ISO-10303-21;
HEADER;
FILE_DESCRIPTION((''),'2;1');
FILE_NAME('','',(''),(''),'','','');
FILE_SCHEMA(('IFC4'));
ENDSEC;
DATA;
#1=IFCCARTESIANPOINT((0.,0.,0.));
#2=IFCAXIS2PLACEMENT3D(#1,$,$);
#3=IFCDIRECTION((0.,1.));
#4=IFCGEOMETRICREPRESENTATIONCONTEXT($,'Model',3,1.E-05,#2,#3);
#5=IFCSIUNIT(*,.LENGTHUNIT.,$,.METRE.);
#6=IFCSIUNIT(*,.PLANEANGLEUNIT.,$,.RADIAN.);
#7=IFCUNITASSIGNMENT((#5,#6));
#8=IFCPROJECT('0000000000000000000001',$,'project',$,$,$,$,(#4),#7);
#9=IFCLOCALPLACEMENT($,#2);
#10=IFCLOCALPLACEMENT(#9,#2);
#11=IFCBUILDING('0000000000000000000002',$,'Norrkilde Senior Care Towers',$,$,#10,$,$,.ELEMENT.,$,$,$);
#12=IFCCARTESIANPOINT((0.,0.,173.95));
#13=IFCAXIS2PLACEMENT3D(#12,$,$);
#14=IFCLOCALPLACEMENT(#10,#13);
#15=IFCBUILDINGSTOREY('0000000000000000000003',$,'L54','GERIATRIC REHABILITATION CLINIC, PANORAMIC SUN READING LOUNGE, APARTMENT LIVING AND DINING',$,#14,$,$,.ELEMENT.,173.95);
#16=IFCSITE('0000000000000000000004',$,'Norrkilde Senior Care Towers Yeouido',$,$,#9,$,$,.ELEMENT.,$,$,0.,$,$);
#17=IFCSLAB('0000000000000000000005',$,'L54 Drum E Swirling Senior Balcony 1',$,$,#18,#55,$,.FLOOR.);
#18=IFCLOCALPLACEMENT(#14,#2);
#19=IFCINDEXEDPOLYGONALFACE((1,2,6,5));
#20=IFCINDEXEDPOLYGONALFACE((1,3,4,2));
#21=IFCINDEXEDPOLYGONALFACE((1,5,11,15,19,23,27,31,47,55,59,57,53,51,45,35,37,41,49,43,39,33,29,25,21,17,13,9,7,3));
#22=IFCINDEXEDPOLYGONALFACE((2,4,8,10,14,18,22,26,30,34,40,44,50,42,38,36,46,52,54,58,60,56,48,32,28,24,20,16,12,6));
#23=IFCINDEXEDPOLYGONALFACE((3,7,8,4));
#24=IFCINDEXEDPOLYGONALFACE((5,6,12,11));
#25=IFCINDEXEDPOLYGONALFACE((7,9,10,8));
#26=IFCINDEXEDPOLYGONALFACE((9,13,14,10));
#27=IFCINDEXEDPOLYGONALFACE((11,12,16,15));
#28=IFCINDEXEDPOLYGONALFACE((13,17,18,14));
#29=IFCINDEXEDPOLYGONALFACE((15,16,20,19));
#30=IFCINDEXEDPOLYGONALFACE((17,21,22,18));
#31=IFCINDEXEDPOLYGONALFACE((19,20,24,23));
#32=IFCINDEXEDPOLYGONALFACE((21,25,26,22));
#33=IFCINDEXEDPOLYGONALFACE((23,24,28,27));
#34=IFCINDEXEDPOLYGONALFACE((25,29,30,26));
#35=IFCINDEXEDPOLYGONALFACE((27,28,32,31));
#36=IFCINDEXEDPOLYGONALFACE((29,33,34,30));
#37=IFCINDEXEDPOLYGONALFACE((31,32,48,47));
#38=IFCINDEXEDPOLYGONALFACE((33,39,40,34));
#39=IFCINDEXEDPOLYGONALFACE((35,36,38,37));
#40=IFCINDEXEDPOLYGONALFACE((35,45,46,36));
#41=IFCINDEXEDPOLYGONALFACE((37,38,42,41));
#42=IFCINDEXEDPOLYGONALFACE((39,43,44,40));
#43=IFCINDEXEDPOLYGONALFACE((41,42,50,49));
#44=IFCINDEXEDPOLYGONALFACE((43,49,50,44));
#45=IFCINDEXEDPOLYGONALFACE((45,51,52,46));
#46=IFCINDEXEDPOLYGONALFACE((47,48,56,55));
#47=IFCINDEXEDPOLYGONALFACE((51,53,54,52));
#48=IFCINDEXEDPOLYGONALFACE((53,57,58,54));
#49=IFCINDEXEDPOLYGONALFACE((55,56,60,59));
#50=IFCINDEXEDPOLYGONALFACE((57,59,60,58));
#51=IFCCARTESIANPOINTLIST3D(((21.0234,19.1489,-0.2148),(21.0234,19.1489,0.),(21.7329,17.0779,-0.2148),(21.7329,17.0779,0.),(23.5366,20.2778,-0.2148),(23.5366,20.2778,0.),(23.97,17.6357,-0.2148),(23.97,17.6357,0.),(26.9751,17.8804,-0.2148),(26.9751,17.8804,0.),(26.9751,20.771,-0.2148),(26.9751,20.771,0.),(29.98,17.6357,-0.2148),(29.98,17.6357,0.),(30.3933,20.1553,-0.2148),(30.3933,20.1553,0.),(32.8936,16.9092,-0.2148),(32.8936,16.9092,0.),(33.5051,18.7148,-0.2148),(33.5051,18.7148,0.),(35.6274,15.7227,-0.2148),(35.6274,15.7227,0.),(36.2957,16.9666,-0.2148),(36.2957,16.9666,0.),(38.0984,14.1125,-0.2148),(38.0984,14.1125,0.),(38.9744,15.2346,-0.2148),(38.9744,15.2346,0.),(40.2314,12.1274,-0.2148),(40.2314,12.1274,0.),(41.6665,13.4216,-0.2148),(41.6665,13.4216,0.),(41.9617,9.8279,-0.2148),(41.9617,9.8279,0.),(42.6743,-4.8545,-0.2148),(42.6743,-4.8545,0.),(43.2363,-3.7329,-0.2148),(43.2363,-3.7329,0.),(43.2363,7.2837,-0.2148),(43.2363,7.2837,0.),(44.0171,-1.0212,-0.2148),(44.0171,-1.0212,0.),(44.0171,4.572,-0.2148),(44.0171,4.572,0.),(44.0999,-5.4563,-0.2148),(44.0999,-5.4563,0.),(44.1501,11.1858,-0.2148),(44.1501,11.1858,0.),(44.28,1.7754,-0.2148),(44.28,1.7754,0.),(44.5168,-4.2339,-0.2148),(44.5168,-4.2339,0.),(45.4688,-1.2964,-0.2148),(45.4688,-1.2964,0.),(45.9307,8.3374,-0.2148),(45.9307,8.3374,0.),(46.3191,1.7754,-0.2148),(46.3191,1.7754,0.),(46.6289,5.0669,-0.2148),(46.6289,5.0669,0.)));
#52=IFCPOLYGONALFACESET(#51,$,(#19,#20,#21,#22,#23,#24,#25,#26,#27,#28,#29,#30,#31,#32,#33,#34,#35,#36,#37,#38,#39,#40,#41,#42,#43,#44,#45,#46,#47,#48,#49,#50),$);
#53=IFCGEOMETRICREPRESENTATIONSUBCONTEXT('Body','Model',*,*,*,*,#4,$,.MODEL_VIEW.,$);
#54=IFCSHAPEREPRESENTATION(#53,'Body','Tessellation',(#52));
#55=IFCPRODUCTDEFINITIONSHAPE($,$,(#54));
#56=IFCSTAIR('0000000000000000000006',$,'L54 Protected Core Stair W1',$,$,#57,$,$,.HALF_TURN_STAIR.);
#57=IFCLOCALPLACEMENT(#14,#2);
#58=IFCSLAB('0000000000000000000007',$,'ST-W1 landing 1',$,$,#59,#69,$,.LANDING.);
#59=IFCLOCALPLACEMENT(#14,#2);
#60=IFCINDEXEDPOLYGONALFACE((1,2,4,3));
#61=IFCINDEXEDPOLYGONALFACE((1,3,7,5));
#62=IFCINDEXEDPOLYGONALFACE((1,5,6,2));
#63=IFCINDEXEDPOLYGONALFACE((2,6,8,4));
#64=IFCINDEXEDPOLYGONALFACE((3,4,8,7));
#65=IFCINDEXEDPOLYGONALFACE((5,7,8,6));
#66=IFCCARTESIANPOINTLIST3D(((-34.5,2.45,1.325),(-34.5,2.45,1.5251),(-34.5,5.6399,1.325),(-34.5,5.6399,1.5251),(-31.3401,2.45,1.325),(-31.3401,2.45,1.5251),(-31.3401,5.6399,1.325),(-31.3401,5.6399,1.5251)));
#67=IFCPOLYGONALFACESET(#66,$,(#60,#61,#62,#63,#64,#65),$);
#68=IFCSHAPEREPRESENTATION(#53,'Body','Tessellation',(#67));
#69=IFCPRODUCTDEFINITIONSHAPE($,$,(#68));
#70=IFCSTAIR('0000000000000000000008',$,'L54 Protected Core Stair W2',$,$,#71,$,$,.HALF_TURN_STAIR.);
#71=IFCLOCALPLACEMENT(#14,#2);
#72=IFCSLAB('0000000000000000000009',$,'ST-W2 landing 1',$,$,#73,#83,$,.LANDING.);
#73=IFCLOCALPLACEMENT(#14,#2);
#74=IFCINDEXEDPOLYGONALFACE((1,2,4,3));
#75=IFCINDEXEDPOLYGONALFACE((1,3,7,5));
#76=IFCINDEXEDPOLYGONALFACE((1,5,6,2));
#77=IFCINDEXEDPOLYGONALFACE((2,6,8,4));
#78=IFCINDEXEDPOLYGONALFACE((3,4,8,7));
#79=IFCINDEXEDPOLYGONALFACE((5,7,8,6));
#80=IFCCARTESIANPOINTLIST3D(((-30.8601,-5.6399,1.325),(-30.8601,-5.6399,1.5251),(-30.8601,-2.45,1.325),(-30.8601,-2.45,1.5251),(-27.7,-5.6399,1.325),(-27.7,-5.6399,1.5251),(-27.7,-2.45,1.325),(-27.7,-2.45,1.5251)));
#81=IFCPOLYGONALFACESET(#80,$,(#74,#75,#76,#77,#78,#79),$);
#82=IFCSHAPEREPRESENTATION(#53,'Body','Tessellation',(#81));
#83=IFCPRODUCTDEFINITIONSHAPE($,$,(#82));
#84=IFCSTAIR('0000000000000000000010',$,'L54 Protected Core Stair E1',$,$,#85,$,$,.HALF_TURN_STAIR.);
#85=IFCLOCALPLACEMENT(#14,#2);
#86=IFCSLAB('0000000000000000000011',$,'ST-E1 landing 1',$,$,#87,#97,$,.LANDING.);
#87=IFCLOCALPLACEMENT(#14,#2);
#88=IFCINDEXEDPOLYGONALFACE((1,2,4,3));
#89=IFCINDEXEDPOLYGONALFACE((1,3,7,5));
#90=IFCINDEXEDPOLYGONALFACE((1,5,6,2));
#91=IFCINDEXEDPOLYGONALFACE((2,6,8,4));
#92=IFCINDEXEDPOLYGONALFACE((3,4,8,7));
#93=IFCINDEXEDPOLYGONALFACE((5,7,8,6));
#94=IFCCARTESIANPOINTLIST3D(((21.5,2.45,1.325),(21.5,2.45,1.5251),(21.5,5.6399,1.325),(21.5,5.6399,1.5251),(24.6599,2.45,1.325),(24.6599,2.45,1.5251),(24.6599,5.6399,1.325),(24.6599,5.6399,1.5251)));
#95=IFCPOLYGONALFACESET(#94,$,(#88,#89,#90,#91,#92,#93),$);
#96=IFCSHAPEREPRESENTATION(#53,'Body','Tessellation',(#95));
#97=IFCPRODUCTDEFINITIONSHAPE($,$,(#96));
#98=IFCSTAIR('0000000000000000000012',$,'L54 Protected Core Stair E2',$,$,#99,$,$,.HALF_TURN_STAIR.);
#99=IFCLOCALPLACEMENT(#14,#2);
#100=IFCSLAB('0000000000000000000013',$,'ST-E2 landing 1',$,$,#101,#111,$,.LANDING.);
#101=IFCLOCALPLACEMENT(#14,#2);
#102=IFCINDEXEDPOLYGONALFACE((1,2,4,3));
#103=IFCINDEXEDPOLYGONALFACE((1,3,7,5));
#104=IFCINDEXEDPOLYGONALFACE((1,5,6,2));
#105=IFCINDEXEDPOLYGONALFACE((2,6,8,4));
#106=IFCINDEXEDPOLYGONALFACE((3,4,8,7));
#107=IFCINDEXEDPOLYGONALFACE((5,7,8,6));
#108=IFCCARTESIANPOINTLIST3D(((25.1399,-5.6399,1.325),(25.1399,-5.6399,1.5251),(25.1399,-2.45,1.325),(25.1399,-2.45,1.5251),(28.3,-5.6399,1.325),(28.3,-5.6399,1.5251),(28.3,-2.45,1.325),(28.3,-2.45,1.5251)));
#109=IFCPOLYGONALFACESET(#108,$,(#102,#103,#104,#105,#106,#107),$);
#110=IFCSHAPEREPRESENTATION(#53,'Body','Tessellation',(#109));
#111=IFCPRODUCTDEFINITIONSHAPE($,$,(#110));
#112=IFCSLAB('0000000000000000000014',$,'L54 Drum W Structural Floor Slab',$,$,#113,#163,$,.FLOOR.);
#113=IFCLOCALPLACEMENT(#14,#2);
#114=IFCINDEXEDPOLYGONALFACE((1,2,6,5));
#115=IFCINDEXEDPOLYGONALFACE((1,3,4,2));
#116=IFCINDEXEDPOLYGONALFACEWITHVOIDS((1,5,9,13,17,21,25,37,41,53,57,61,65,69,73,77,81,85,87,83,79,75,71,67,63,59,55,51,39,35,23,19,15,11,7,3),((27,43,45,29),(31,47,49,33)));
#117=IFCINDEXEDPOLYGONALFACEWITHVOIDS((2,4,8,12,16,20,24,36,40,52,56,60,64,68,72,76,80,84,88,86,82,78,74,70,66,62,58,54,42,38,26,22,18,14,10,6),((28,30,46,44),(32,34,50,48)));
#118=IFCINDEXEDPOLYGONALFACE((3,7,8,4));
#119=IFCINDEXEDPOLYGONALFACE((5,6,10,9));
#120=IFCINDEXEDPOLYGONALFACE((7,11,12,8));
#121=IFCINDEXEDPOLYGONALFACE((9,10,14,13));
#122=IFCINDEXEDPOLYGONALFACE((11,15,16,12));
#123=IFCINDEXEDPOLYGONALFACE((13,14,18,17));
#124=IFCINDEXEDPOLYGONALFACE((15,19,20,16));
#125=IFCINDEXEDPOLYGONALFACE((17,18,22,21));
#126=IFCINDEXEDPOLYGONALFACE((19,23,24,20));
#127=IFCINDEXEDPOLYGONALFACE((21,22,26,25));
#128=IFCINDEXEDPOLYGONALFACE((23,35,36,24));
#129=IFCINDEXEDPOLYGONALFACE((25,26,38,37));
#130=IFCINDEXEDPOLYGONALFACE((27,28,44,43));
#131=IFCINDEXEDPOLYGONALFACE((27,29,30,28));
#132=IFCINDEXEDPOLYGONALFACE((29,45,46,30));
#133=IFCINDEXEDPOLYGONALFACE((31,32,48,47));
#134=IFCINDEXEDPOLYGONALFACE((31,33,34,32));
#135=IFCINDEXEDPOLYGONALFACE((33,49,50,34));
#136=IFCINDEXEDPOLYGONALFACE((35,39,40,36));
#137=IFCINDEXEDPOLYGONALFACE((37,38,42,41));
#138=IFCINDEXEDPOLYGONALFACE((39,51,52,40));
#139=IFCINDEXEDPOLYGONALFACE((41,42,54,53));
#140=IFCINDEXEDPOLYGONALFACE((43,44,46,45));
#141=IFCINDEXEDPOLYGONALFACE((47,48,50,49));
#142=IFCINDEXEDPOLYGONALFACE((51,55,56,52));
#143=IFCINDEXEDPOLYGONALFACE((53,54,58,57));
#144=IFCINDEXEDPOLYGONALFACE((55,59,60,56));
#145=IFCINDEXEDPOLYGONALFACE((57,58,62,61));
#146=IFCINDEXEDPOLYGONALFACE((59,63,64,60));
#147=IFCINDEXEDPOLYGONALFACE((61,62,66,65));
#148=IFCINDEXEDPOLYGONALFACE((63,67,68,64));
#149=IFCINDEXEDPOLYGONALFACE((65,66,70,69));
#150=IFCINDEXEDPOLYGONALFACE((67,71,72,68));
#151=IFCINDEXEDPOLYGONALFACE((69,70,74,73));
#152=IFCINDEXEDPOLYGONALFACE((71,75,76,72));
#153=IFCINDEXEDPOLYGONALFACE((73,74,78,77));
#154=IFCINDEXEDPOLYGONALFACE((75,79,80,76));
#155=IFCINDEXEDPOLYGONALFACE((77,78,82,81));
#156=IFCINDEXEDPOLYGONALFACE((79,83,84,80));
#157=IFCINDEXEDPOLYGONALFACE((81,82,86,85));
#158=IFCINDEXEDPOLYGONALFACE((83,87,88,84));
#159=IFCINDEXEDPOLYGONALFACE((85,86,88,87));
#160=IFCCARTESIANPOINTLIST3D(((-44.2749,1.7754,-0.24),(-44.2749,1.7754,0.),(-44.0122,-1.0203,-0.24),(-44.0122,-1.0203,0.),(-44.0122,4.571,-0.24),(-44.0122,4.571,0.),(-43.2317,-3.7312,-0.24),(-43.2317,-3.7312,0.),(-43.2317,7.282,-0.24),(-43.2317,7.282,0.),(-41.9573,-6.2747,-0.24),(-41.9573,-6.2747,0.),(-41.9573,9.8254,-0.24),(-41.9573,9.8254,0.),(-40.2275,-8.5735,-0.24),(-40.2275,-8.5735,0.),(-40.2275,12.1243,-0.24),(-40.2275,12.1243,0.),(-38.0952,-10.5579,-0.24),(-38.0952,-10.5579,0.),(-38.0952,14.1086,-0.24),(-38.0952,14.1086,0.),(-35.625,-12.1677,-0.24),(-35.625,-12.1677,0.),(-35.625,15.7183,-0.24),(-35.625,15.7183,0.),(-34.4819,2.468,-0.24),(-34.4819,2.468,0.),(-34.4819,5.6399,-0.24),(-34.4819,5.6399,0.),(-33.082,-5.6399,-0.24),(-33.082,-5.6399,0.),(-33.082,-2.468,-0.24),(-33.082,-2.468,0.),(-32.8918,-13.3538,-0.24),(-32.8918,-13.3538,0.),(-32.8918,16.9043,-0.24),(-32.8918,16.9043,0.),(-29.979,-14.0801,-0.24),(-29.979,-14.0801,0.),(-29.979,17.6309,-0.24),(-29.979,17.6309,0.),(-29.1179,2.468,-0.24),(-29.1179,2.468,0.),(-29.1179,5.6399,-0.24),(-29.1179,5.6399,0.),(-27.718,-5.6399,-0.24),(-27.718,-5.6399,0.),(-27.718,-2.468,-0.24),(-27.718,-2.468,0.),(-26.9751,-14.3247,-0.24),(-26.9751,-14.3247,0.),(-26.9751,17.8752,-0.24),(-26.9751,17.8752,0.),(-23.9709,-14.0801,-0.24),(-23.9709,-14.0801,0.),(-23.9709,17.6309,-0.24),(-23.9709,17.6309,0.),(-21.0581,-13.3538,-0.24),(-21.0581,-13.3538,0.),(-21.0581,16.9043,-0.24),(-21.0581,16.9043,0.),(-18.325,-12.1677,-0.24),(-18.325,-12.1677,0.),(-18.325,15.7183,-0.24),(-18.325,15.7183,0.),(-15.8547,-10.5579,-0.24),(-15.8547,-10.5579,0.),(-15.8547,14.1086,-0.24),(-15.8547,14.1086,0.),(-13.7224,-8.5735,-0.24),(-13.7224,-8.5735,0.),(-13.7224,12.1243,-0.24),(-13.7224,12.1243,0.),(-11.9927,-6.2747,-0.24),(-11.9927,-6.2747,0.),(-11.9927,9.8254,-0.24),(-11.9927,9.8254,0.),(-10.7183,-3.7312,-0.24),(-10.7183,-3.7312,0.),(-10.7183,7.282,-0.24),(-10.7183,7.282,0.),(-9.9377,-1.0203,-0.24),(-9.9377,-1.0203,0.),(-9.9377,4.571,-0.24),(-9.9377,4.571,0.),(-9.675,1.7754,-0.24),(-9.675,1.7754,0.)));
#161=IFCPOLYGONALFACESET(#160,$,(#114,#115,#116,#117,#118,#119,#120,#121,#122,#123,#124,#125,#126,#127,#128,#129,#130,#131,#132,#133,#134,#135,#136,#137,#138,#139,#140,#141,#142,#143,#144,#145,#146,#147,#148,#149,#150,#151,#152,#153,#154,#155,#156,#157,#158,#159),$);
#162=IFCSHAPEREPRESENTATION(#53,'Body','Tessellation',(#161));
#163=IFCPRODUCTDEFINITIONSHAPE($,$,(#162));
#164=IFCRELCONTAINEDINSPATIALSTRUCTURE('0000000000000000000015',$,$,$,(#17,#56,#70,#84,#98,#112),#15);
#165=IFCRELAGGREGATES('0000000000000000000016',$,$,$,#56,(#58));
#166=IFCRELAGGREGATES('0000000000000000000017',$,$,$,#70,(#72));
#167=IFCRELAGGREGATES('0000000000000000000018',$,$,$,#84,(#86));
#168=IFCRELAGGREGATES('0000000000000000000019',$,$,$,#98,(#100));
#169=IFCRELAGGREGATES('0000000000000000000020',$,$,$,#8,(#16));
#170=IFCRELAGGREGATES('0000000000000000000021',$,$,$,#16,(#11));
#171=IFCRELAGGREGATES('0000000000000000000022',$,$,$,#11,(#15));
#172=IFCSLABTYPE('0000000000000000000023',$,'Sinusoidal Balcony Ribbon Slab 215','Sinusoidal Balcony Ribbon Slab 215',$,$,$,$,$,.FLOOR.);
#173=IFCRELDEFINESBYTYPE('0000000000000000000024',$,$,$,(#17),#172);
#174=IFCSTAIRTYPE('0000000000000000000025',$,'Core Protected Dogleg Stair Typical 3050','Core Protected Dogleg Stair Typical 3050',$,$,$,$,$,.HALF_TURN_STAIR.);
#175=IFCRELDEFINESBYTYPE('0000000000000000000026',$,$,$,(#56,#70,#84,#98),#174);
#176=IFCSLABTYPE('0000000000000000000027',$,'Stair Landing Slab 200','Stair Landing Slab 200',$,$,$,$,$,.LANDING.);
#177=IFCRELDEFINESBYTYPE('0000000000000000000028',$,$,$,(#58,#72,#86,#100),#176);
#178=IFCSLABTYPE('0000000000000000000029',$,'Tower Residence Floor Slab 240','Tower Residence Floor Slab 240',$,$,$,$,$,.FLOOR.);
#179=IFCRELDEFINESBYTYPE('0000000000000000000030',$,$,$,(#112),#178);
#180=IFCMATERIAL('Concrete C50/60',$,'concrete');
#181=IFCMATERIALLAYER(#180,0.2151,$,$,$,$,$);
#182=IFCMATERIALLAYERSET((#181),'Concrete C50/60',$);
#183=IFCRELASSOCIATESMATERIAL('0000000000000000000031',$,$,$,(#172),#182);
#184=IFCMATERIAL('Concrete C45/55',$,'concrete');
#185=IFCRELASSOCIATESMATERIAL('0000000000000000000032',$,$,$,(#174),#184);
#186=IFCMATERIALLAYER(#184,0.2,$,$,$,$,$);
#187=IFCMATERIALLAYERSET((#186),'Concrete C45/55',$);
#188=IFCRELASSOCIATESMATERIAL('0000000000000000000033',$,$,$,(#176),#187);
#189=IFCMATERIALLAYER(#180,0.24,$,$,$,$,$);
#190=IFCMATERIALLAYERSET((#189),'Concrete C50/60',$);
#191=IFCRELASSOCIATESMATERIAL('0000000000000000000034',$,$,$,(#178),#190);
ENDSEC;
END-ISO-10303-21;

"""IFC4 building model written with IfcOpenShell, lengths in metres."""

from ifc_helpers import new_model, si_unit, direction, frame, origin, place, context, subcontext, project, spatial, polyline, outline, extrude, material, layer, layer_set, type_object, element, aggregate, save


model = new_model("IFC4")

# Units and contexts
model_context = context("Model", 3, precision=1e-05, world=origin(), true_north=direction((0.0, 1.0)))
body_context = subcontext(model_context, "Body", "Model", "MODEL_VIEW")
ifc_project = project(units=[si_unit("LENGTHUNIT", "METRE"), si_unit("PLANEANGLEUNIT", "RADIAN")], contexts=[model_context])

# Site, building, storey
site_placement = place(None, origin())
site = spatial("IfcSite", under=ifc_project, at=site_placement, Name="Norrkilde Senior Care Towers Yeouido", CompositionType="ELEMENT", RefElevation=0.0)
building_placement = place(site_placement, origin())
building = spatial("IfcBuilding", under=site, at=building_placement, Name="Norrkilde Senior Care Towers", CompositionType="ELEMENT")
storey_placement = place(building_placement, frame((0.0, 0.0, 173.95)))
storey = spatial("IfcBuildingStorey", under=building, at=storey_placement, Name="L54", Description="GERIATRIC REHABILITATION CLINIC, PANORAMIC SUN READING LOUNGE, APARTMENT LIVING AND DINING", CompositionType="ELEMENT", Elevation=173.95)

# Shared definitions
ifc_material_1 = material(Name="Concrete C50/60", Category="concrete")

# Slab
ifc_layer_1 = layer(ifc_material_1, 0.2151)
ifc_layer_set_1 = layer_set([ifc_layer_1], Name="Concrete C50/60")
slab_type_1 = type_object("IfcSlabType", Name="Sinusoidal Balcony Ribbon Slab 215", Description="Sinusoidal Balcony Ribbon Slab 215", PredefinedType="FLOOR", material=ifc_layer_set_1)
slab_1_placement = place(storey_placement, frame((0.0, 0.0, -0.2148)))
element("IfcSlab", 1, at=slab_1_placement, inside=storey, type_object=slab_type_1, Name="L54 Drum E Swirling Senior Balcony 1", PredefinedType="FLOOR", context=body_context, shape_type="SweptSolid", body=[
    extrude(outline(polyline([(44.0999, -5.4563), (42.6743, -4.8545), (43.2363, -3.7329), (44.0171, -1.0212), (44.28, 1.7754), (44.0171, 4.572), (43.2363, 7.2837), (41.9617, 9.8279), (40.2314, 12.1274), (38.0984, 14.1125), (35.6274, 15.7227), (32.8936, 16.9092), (29.98, 17.6357), (26.9751, 17.8804), (23.97, 17.6357), (21.7329, 17.0779), (21.0234, 19.1489), (23.5366, 20.2778), (26.9751, 20.771), (30.3933, 20.1553), (33.5051, 18.7148), (36.2957, 16.9666), (38.9744, 15.2346), (41.6665, 13.4216), (44.1501, 11.1858), (45.9307, 8.3374), (46.6289, 5.0669), (46.3191, 1.7754), (45.4688, -1.2964), (44.5168, -4.2339), (44.0999, -5.4563)])), origin(), (0.0, 0.0, 1.0), 0.2148),
])

# Stairs, slabs
ifc_material_2 = material(Name="Concrete C45/55", Category="concrete")
stair_type = type_object("IfcStairType", Name="Core Protected Dogleg Stair Typical 3050", Description="Core Protected Dogleg Stair Typical 3050", PredefinedType="HALF_TURN_STAIR", material=ifc_material_2)
stair_1_placement = place(storey_placement, origin())
stair_1 = element("IfcStair", 2, at=stair_1_placement, inside=storey, type_object=stair_type, Name="L54 Protected Core Stair W1", PredefinedType="HALF_TURN_STAIR")
ifc_layer_2 = layer(ifc_material_2, 0.2)
ifc_layer_set_2 = layer_set([ifc_layer_2], Name="Concrete C45/55")
slab_type_2 = type_object("IfcSlabType", Name="Stair Landing Slab 200", Description="Stair Landing Slab 200", PredefinedType="LANDING", material=ifc_layer_set_2)
slab_2_placement = place(storey_placement, frame((0.0, 0.0, 1.325)))
slab_2 = element("IfcSlab", 3, at=slab_2_placement, type_object=slab_type_2, Name="ST-W1 landing 1", PredefinedType="LANDING", context=body_context, shape_type="SweptSolid", body=[
    extrude(outline(polyline([(-31.3401, 5.6399), (-34.5, 5.6399), (-34.5, 2.45), (-31.3401, 2.45), (-31.3401, 5.6399)])), origin(), (0.0, 0.0, 1.0), 0.2002),
])
aggregate(stair_1, [slab_2])
stair_2_placement = place(storey_placement, origin())
stair_2 = element("IfcStair", 4, at=stair_2_placement, inside=storey, type_object=stair_type, Name="L54 Protected Core Stair W2", PredefinedType="HALF_TURN_STAIR")
slab_3_placement = place(storey_placement, frame((0.0, 0.0, 1.325)))
slab_3 = element("IfcSlab", 5, at=slab_3_placement, type_object=slab_type_2, Name="ST-W2 landing 1", PredefinedType="LANDING", context=body_context, shape_type="SweptSolid", body=[
    extrude(outline(polyline([(-30.8601, -5.6399), (-27.7, -5.6399), (-27.7, -2.45), (-30.8601, -2.45), (-30.8601, -5.6399)])), origin(), (0.0, 0.0, 1.0), 0.2002),
])
aggregate(stair_2, [slab_3])
stair_3_placement = place(storey_placement, origin())
stair_3 = element("IfcStair", 6, at=stair_3_placement, inside=storey, type_object=stair_type, Name="L54 Protected Core Stair E1", PredefinedType="HALF_TURN_STAIR")
slab_4_placement = place(storey_placement, frame((0.0, 0.0, 1.325)))
slab_4 = element("IfcSlab", 7, at=slab_4_placement, type_object=slab_type_2, Name="ST-E1 landing 1", PredefinedType="LANDING", context=body_context, shape_type="SweptSolid", body=[
    extrude(outline(polyline([(24.6599, 5.6399), (21.5, 5.6399), (21.5, 2.45), (24.6599, 2.45), (24.6599, 5.6399)])), origin(), (0.0, 0.0, 1.0), 0.2002),
])
aggregate(stair_3, [slab_4])
stair_4_placement = place(storey_placement, origin())
stair_4 = element("IfcStair", 8, at=stair_4_placement, inside=storey, type_object=stair_type, Name="L54 Protected Core Stair E2", PredefinedType="HALF_TURN_STAIR")
slab_5_placement = place(storey_placement, frame((0.0, 0.0, 1.325)))
slab_5 = element("IfcSlab", 9, at=slab_5_placement, type_object=slab_type_2, Name="ST-E2 landing 1", PredefinedType="LANDING", context=body_context, shape_type="SweptSolid", body=[
    extrude(outline(polyline([(25.1399, -5.6399), (28.3, -5.6399), (28.3, -2.45), (25.1399, -2.45), (25.1399, -5.6399)])), origin(), (0.0, 0.0, 1.0), 0.2002),
])
aggregate(stair_4, [slab_5])

# Slab
ifc_layer_3 = layer(ifc_material_1, 0.24)
ifc_layer_set_3 = layer_set([ifc_layer_3], Name="Concrete C50/60")
slab_type_3 = type_object("IfcSlabType", Name="Tower Residence Floor Slab 240", Description="Tower Residence Floor Slab 240", PredefinedType="FLOOR", material=ifc_layer_set_3)
slab_6_placement = place(storey_placement, frame((0.0, 0.0, -0.24)))
element("IfcSlab", 10, at=slab_6_placement, inside=storey, type_object=slab_type_3, Name="L54 Drum W Structural Floor Slab", PredefinedType="FLOOR", context=body_context, shape_type="SweptSolid", body=[
    extrude(outline(polyline([(-10.7183, -3.7312), (-11.9927, -6.2747), (-13.7224, -8.5735), (-15.8547, -10.5579), (-18.325, -12.1677), (-21.0581, -13.3538), (-23.9709, -14.0801), (-26.9751, -14.3247), (-29.979, -14.0801), (-32.8918, -13.3538), (-35.625, -12.1677), (-38.0952, -10.5579), (-40.2275, -8.5735), (-41.9573, -6.2747), (-43.2317, -3.7312), (-44.0122, -1.0203), (-44.2749, 1.7754), (-44.0122, 4.571), (-43.2317, 7.282), (-41.9573, 9.8254), (-40.2275, 12.1243), (-38.0952, 14.1086), (-35.625, 15.7183), (-32.8918, 16.9043), (-29.979, 17.6309), (-26.9751, 17.8752), (-23.9709, 17.6309), (-21.0581, 16.9043), (-18.325, 15.7183), (-15.8547, 14.1086), (-13.7224, 12.1243), (-11.9927, 9.8254), (-10.7183, 7.282), (-9.9377, 4.571), (-9.675, 1.7754), (-9.9377, -1.0203), (-10.7183, -3.7312)]), holes=[polyline([(-34.4819, 2.468), (-29.1179, 2.468), (-29.1179, 5.6399), (-34.4819, 5.6399), (-34.4819, 2.468)]), polyline([(-27.718, -5.6399), (-27.718, -2.468), (-33.082, -2.468), (-33.082, -5.6399), (-27.718, -5.6399)])]), origin(), (0.0, 0.0, 1.0), 0.24),
])

save(model, "model.ifc")
